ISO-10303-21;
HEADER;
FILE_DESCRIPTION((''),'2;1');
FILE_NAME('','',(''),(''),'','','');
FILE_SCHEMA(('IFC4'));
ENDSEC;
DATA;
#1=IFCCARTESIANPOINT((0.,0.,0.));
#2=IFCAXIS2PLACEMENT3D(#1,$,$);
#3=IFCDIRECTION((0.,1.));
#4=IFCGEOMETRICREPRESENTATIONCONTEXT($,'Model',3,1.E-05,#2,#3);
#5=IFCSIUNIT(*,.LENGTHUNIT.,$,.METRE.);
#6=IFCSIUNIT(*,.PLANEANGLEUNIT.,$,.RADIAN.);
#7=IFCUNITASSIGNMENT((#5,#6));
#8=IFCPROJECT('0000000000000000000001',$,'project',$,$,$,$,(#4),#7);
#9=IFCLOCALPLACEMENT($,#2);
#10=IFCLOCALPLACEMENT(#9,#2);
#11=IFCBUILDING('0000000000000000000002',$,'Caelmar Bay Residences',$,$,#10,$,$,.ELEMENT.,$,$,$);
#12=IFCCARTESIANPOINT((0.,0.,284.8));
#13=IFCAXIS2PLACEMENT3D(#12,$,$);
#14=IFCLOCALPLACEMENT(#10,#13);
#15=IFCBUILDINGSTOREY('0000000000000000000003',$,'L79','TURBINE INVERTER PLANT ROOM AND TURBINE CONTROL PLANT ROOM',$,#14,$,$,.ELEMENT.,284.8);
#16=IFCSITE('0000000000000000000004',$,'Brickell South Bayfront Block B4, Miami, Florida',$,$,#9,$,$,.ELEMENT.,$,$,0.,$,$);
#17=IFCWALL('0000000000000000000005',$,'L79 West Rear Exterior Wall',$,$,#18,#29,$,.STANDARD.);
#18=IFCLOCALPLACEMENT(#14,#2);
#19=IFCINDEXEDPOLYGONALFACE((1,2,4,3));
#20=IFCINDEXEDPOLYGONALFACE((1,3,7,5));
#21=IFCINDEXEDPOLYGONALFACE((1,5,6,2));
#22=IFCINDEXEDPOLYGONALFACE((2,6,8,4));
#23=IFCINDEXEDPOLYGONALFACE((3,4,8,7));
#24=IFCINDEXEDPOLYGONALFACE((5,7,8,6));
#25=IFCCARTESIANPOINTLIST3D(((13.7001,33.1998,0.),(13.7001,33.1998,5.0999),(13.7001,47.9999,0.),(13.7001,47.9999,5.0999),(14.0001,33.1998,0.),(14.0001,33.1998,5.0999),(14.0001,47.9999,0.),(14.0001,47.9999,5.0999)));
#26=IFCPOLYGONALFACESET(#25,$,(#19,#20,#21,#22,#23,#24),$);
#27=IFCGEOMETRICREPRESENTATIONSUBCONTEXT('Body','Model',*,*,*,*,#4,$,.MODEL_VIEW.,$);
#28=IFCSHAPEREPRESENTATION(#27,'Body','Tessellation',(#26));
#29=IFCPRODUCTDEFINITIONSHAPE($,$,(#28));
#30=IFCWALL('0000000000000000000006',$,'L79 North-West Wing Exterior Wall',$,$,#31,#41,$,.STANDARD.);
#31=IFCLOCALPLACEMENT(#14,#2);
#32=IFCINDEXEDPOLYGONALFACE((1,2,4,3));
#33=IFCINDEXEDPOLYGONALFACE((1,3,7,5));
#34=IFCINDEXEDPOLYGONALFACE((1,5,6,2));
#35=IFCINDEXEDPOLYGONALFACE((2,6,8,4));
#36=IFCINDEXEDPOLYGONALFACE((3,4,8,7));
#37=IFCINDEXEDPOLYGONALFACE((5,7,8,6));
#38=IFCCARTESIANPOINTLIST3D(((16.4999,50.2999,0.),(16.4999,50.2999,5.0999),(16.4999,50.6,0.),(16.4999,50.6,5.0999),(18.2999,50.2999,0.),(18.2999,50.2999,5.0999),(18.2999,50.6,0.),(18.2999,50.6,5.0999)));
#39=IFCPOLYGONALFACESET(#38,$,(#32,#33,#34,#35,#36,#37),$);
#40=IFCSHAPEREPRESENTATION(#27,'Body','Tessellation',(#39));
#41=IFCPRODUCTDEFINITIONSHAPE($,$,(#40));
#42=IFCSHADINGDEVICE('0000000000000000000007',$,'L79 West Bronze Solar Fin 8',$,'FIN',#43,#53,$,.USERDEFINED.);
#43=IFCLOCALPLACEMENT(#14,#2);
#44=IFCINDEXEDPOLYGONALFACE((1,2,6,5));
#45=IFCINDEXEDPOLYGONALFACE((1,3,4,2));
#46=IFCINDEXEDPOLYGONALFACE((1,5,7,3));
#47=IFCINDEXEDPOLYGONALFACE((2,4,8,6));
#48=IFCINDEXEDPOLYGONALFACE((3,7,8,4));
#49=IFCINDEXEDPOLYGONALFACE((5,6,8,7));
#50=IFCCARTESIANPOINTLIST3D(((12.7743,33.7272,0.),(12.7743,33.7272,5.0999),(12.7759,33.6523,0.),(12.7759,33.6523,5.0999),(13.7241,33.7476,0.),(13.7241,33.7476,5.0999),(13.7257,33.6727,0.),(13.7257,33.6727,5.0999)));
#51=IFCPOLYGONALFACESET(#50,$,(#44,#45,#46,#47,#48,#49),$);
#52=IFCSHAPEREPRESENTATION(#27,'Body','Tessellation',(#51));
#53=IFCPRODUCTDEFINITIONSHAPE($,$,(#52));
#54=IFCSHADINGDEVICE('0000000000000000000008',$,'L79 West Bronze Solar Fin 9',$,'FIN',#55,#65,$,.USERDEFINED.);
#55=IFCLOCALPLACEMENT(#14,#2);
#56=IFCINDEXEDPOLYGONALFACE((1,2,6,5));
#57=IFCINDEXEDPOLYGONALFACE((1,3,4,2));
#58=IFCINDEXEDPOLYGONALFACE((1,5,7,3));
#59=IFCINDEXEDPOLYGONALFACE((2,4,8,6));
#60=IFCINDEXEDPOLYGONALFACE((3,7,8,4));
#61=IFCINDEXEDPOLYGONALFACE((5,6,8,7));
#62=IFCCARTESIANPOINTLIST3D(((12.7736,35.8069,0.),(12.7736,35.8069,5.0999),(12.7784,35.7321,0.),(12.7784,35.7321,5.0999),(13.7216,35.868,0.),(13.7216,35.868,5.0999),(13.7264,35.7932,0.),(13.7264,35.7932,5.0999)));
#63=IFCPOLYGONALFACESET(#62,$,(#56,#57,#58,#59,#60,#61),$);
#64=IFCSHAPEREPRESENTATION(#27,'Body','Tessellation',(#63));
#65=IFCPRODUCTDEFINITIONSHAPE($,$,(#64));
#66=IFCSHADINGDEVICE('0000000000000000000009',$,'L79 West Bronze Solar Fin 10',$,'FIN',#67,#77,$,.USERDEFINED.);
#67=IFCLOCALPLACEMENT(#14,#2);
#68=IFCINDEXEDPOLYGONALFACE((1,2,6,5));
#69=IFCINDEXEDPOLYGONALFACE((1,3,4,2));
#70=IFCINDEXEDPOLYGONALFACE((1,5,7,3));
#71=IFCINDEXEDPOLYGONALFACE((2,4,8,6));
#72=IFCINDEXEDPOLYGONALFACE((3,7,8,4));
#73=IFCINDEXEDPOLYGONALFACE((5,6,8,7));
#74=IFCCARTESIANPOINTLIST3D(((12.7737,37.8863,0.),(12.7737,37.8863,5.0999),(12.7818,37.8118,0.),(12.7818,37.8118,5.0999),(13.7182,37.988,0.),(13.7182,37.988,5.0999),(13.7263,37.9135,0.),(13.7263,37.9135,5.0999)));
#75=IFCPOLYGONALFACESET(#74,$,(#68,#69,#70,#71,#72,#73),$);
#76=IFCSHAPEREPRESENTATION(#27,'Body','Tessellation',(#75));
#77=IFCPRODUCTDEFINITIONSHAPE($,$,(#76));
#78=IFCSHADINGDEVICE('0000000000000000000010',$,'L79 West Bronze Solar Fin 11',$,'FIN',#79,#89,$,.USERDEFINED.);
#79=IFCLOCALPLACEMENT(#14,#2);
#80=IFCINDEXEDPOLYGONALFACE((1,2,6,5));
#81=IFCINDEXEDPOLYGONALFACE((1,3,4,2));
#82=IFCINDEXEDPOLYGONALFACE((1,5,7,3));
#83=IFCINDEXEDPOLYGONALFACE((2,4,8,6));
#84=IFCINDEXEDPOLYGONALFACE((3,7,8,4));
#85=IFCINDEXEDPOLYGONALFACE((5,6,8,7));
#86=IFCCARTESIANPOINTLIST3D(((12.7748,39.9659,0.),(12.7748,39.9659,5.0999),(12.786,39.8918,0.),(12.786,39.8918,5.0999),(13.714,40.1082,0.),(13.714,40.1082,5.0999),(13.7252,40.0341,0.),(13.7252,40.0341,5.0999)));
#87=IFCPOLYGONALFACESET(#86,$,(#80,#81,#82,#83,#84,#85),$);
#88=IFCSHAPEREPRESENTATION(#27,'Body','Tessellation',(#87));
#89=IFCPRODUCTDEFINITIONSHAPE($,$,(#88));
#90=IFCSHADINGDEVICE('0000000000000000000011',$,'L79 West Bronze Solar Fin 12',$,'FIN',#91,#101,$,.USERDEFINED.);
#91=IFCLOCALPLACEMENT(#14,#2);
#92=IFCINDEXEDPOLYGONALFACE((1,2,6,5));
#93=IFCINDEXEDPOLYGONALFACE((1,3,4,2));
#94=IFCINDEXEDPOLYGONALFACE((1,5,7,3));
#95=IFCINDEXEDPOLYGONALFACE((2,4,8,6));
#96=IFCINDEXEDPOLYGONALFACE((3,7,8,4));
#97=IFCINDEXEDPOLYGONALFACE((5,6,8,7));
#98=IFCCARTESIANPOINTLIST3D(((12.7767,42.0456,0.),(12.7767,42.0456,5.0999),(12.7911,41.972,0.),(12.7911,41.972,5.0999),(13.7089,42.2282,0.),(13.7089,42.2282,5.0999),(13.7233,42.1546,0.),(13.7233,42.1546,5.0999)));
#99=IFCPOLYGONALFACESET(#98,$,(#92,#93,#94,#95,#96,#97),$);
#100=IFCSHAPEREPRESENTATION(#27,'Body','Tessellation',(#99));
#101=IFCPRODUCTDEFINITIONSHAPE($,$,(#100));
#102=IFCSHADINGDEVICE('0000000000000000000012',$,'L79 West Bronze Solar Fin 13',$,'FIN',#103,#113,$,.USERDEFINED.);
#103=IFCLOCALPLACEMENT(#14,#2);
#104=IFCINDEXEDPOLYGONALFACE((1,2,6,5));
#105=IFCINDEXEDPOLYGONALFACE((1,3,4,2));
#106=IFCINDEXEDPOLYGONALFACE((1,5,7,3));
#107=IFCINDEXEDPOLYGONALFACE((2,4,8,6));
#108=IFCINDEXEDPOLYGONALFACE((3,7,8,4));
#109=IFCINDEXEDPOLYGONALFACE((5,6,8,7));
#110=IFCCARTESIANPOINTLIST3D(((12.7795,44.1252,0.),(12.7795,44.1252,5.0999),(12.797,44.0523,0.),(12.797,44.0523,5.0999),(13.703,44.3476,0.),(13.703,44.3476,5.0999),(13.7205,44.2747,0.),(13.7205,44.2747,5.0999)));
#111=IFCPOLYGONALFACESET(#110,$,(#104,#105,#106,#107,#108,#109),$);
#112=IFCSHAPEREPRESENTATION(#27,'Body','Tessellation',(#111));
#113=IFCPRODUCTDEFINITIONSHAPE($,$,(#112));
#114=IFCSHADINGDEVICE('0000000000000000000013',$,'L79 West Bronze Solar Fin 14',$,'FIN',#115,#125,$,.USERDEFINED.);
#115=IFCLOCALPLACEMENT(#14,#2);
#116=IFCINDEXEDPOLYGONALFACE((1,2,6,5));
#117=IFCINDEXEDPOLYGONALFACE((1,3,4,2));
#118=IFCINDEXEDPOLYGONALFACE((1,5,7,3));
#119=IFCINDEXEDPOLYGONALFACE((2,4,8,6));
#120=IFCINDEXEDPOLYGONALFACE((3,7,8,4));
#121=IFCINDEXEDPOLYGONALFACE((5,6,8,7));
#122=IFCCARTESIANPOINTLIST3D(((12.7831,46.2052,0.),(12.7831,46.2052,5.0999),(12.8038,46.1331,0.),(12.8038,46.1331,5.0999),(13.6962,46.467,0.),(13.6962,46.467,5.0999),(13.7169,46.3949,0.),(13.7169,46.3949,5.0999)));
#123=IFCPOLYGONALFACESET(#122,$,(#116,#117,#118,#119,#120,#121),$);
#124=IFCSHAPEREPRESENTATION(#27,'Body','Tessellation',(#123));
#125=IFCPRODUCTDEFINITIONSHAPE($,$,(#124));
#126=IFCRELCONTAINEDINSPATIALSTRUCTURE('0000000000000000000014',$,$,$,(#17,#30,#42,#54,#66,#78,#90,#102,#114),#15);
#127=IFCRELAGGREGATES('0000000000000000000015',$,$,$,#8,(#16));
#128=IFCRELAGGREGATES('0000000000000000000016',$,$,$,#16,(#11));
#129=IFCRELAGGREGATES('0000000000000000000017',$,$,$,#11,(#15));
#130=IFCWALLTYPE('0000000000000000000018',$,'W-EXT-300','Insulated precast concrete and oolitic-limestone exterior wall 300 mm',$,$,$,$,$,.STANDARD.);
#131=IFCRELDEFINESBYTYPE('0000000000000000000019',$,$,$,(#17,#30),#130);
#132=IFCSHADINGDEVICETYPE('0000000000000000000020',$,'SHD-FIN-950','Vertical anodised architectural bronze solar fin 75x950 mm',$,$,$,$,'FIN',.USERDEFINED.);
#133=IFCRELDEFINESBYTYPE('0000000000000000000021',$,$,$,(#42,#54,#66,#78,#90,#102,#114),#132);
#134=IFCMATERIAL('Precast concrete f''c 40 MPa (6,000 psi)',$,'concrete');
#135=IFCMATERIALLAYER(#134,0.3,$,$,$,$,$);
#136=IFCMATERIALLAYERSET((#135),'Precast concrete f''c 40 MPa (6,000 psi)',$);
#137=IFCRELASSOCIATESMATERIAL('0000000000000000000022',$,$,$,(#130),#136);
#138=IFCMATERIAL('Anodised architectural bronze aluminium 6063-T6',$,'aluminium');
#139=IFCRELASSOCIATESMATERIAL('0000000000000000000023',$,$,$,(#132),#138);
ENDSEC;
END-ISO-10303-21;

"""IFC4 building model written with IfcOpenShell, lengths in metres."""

from ifc_helpers import new_model, si_unit, direction, frame, frame_2d, origin, origin_2d, place, context, subcontext, project, spatial, rectangle, extrude, material, layer, layer_set, material_profile, profile_set, type_object, element, save


model = new_model("IFC4")

# Units and contexts
model_context = context("Model", 3, precision=1e-05, world=origin(), true_north=direction((0.0, 1.0)))
body_context = subcontext(model_context, "Body", "Model", "MODEL_VIEW")
ifc_project = project(units=[si_unit("LENGTHUNIT", "METRE"), si_unit("PLANEANGLEUNIT", "RADIAN")], contexts=[model_context])

# Site, building, storey
site_placement = place(None, origin())
site = spatial("IfcSite", under=ifc_project, at=site_placement, Name="Brickell South Bayfront Block B4, Miami, Florida", CompositionType="ELEMENT", RefElevation=0.0)
building_placement = place(site_placement, origin())
building = spatial("IfcBuilding", under=site, at=building_placement, Name="Caelmar Bay Residences", CompositionType="ELEMENT")
storey_placement = place(building_placement, frame((0.0, 0.0, 284.8)))
storey = spatial("IfcBuildingStorey", under=building, at=storey_placement, Name="L79", Description="TURBINE INVERTER PLANT ROOM AND TURBINE CONTROL PLANT ROOM", CompositionType="ELEMENT", Elevation=284.8)

# Walls
ifc_material_1 = material(Name="Precast concrete f'c 40 MPa (6,000 psi)", Category="concrete")
ifc_layer_1 = layer(ifc_material_1, 0.3)
ifc_layer_set_1 = layer_set([ifc_layer_1], Name="Precast concrete f'c 40 MPa (6,000 psi)")
wall_type_1 = type_object("IfcWallType", Name="W-EXT-300", Description="Insulated precast concrete and oolitic-limestone exterior wall 300 mm", PredefinedType="STANDARD", material=ifc_layer_set_1)
wall_1_placement = place(storey_placement, frame((13.8501, 33.2, 0.0), z_axis=(0.0, 0.0, 1.0), x_axis=(0.0, 1.0, 0.0)))
element("IfcWall", 1, at=wall_1_placement, inside=storey, type_object=wall_type_1, Name="L79 West Rear Exterior Wall", PredefinedType="STANDARD", context=body_context, shape_type="SweptSolid", body=[
    extrude(rectangle(XDim=14.8, YDim=0.3, at=frame_2d((7.3999, 0.0))), origin(), (0.0, 0.0, 1.0), 5.0999),
])
wall_2_placement = place(storey_placement, frame((16.5, 50.45, 0.0), z_axis=(0.0, 0.0, 1.0), x_axis=(1.0, 0.0, 0.0)))
element("IfcWall", 2, at=wall_2_placement, inside=storey, type_object=wall_type_1, Name="L79 North-West Wing Exterior Wall", PredefinedType="STANDARD", context=body_context, shape_type="SweptSolid", body=[
    extrude(rectangle(XDim=1.8, YDim=0.3, at=frame_2d((0.8999, 0.0))), origin(), (0.0, 0.0, 1.0), 5.0999),
])

# Shading devices
ifc_material_2 = material(Name="Anodised architectural bronze aluminium 6063-T6", Category="aluminium")
ifc_material_profile = material_profile(ifc_material_2, rectangle(XDim=0.075, YDim=0.95, at=origin_2d()), Name="BRONZE-FIN-75X950")
ifc_profile_set = profile_set([ifc_material_profile], Name="Anodised architectural bronze aluminium 6063-T6")
shading_device_type = type_object("IfcShadingDeviceType", Name="SHD-FIN-950", Description="Vertical anodised architectural bronze solar fin 75x950 mm", ElementType="FIN", PredefinedType="USERDEFINED", material=ifc_profile_set)
for number, where, z_axis, x_axis, name in (
    (3, (13.25, 33.7, 0.0), (0.0, 0.0, 1.0), (-0.021466, 0.99977, 0.0), "L79 West Bronze Solar Fin 8"),
    (4, (13.25, 35.8, 0.0), (0.0, 0.0, 1.0), (-0.064358, 0.997927, 0.0), "L79 West Bronze Solar Fin 9"),
    (5, (13.25, 37.8999, 0.0), (0.0, 0.0, 1.0), (-0.107132, 0.994245, 0.0), "L79 West Bronze Solar Fin 10"),
    (6, (13.25, 40.0, 0.0), (0.0, 0.0, 1.0), (-0.14988, 0.988704, 0.0), "L79 West Bronze Solar Fin 11"),
    (7, (13.25, 42.1001, 0.0), (0.0, 0.0, 1.0), (-0.192179, 0.98136, 0.0), "L79 West Bronze Solar Fin 12"),
    (8, (13.25, 44.2, 0.0), (0.0, 0.0, 1.0), (-0.234124, 0.972207, 0.0), "L79 West Bronze Solar Fin 13"),
    (9, (13.25, 46.3, 0.0), (0.0, 0.0, 1.0), (-0.275637, 0.961262, 0.0), "L79 West Bronze Solar Fin 14"),
):
    element("IfcShadingDevice", number, at=place(storey_placement, frame(where, z_axis=z_axis, x_axis=x_axis)), inside=storey, type_object=shading_device_type, Name=name, ObjectType="FIN", PredefinedType="USERDEFINED", context=body_context, shape_type="SweptSolid", body=[
        extrude(rectangle(XDim=0.075, YDim=0.95, at=origin_2d()), origin(), (0.0, 0.0, 1.0), 5.0999),
    ])

save(model, "model.ifc")
